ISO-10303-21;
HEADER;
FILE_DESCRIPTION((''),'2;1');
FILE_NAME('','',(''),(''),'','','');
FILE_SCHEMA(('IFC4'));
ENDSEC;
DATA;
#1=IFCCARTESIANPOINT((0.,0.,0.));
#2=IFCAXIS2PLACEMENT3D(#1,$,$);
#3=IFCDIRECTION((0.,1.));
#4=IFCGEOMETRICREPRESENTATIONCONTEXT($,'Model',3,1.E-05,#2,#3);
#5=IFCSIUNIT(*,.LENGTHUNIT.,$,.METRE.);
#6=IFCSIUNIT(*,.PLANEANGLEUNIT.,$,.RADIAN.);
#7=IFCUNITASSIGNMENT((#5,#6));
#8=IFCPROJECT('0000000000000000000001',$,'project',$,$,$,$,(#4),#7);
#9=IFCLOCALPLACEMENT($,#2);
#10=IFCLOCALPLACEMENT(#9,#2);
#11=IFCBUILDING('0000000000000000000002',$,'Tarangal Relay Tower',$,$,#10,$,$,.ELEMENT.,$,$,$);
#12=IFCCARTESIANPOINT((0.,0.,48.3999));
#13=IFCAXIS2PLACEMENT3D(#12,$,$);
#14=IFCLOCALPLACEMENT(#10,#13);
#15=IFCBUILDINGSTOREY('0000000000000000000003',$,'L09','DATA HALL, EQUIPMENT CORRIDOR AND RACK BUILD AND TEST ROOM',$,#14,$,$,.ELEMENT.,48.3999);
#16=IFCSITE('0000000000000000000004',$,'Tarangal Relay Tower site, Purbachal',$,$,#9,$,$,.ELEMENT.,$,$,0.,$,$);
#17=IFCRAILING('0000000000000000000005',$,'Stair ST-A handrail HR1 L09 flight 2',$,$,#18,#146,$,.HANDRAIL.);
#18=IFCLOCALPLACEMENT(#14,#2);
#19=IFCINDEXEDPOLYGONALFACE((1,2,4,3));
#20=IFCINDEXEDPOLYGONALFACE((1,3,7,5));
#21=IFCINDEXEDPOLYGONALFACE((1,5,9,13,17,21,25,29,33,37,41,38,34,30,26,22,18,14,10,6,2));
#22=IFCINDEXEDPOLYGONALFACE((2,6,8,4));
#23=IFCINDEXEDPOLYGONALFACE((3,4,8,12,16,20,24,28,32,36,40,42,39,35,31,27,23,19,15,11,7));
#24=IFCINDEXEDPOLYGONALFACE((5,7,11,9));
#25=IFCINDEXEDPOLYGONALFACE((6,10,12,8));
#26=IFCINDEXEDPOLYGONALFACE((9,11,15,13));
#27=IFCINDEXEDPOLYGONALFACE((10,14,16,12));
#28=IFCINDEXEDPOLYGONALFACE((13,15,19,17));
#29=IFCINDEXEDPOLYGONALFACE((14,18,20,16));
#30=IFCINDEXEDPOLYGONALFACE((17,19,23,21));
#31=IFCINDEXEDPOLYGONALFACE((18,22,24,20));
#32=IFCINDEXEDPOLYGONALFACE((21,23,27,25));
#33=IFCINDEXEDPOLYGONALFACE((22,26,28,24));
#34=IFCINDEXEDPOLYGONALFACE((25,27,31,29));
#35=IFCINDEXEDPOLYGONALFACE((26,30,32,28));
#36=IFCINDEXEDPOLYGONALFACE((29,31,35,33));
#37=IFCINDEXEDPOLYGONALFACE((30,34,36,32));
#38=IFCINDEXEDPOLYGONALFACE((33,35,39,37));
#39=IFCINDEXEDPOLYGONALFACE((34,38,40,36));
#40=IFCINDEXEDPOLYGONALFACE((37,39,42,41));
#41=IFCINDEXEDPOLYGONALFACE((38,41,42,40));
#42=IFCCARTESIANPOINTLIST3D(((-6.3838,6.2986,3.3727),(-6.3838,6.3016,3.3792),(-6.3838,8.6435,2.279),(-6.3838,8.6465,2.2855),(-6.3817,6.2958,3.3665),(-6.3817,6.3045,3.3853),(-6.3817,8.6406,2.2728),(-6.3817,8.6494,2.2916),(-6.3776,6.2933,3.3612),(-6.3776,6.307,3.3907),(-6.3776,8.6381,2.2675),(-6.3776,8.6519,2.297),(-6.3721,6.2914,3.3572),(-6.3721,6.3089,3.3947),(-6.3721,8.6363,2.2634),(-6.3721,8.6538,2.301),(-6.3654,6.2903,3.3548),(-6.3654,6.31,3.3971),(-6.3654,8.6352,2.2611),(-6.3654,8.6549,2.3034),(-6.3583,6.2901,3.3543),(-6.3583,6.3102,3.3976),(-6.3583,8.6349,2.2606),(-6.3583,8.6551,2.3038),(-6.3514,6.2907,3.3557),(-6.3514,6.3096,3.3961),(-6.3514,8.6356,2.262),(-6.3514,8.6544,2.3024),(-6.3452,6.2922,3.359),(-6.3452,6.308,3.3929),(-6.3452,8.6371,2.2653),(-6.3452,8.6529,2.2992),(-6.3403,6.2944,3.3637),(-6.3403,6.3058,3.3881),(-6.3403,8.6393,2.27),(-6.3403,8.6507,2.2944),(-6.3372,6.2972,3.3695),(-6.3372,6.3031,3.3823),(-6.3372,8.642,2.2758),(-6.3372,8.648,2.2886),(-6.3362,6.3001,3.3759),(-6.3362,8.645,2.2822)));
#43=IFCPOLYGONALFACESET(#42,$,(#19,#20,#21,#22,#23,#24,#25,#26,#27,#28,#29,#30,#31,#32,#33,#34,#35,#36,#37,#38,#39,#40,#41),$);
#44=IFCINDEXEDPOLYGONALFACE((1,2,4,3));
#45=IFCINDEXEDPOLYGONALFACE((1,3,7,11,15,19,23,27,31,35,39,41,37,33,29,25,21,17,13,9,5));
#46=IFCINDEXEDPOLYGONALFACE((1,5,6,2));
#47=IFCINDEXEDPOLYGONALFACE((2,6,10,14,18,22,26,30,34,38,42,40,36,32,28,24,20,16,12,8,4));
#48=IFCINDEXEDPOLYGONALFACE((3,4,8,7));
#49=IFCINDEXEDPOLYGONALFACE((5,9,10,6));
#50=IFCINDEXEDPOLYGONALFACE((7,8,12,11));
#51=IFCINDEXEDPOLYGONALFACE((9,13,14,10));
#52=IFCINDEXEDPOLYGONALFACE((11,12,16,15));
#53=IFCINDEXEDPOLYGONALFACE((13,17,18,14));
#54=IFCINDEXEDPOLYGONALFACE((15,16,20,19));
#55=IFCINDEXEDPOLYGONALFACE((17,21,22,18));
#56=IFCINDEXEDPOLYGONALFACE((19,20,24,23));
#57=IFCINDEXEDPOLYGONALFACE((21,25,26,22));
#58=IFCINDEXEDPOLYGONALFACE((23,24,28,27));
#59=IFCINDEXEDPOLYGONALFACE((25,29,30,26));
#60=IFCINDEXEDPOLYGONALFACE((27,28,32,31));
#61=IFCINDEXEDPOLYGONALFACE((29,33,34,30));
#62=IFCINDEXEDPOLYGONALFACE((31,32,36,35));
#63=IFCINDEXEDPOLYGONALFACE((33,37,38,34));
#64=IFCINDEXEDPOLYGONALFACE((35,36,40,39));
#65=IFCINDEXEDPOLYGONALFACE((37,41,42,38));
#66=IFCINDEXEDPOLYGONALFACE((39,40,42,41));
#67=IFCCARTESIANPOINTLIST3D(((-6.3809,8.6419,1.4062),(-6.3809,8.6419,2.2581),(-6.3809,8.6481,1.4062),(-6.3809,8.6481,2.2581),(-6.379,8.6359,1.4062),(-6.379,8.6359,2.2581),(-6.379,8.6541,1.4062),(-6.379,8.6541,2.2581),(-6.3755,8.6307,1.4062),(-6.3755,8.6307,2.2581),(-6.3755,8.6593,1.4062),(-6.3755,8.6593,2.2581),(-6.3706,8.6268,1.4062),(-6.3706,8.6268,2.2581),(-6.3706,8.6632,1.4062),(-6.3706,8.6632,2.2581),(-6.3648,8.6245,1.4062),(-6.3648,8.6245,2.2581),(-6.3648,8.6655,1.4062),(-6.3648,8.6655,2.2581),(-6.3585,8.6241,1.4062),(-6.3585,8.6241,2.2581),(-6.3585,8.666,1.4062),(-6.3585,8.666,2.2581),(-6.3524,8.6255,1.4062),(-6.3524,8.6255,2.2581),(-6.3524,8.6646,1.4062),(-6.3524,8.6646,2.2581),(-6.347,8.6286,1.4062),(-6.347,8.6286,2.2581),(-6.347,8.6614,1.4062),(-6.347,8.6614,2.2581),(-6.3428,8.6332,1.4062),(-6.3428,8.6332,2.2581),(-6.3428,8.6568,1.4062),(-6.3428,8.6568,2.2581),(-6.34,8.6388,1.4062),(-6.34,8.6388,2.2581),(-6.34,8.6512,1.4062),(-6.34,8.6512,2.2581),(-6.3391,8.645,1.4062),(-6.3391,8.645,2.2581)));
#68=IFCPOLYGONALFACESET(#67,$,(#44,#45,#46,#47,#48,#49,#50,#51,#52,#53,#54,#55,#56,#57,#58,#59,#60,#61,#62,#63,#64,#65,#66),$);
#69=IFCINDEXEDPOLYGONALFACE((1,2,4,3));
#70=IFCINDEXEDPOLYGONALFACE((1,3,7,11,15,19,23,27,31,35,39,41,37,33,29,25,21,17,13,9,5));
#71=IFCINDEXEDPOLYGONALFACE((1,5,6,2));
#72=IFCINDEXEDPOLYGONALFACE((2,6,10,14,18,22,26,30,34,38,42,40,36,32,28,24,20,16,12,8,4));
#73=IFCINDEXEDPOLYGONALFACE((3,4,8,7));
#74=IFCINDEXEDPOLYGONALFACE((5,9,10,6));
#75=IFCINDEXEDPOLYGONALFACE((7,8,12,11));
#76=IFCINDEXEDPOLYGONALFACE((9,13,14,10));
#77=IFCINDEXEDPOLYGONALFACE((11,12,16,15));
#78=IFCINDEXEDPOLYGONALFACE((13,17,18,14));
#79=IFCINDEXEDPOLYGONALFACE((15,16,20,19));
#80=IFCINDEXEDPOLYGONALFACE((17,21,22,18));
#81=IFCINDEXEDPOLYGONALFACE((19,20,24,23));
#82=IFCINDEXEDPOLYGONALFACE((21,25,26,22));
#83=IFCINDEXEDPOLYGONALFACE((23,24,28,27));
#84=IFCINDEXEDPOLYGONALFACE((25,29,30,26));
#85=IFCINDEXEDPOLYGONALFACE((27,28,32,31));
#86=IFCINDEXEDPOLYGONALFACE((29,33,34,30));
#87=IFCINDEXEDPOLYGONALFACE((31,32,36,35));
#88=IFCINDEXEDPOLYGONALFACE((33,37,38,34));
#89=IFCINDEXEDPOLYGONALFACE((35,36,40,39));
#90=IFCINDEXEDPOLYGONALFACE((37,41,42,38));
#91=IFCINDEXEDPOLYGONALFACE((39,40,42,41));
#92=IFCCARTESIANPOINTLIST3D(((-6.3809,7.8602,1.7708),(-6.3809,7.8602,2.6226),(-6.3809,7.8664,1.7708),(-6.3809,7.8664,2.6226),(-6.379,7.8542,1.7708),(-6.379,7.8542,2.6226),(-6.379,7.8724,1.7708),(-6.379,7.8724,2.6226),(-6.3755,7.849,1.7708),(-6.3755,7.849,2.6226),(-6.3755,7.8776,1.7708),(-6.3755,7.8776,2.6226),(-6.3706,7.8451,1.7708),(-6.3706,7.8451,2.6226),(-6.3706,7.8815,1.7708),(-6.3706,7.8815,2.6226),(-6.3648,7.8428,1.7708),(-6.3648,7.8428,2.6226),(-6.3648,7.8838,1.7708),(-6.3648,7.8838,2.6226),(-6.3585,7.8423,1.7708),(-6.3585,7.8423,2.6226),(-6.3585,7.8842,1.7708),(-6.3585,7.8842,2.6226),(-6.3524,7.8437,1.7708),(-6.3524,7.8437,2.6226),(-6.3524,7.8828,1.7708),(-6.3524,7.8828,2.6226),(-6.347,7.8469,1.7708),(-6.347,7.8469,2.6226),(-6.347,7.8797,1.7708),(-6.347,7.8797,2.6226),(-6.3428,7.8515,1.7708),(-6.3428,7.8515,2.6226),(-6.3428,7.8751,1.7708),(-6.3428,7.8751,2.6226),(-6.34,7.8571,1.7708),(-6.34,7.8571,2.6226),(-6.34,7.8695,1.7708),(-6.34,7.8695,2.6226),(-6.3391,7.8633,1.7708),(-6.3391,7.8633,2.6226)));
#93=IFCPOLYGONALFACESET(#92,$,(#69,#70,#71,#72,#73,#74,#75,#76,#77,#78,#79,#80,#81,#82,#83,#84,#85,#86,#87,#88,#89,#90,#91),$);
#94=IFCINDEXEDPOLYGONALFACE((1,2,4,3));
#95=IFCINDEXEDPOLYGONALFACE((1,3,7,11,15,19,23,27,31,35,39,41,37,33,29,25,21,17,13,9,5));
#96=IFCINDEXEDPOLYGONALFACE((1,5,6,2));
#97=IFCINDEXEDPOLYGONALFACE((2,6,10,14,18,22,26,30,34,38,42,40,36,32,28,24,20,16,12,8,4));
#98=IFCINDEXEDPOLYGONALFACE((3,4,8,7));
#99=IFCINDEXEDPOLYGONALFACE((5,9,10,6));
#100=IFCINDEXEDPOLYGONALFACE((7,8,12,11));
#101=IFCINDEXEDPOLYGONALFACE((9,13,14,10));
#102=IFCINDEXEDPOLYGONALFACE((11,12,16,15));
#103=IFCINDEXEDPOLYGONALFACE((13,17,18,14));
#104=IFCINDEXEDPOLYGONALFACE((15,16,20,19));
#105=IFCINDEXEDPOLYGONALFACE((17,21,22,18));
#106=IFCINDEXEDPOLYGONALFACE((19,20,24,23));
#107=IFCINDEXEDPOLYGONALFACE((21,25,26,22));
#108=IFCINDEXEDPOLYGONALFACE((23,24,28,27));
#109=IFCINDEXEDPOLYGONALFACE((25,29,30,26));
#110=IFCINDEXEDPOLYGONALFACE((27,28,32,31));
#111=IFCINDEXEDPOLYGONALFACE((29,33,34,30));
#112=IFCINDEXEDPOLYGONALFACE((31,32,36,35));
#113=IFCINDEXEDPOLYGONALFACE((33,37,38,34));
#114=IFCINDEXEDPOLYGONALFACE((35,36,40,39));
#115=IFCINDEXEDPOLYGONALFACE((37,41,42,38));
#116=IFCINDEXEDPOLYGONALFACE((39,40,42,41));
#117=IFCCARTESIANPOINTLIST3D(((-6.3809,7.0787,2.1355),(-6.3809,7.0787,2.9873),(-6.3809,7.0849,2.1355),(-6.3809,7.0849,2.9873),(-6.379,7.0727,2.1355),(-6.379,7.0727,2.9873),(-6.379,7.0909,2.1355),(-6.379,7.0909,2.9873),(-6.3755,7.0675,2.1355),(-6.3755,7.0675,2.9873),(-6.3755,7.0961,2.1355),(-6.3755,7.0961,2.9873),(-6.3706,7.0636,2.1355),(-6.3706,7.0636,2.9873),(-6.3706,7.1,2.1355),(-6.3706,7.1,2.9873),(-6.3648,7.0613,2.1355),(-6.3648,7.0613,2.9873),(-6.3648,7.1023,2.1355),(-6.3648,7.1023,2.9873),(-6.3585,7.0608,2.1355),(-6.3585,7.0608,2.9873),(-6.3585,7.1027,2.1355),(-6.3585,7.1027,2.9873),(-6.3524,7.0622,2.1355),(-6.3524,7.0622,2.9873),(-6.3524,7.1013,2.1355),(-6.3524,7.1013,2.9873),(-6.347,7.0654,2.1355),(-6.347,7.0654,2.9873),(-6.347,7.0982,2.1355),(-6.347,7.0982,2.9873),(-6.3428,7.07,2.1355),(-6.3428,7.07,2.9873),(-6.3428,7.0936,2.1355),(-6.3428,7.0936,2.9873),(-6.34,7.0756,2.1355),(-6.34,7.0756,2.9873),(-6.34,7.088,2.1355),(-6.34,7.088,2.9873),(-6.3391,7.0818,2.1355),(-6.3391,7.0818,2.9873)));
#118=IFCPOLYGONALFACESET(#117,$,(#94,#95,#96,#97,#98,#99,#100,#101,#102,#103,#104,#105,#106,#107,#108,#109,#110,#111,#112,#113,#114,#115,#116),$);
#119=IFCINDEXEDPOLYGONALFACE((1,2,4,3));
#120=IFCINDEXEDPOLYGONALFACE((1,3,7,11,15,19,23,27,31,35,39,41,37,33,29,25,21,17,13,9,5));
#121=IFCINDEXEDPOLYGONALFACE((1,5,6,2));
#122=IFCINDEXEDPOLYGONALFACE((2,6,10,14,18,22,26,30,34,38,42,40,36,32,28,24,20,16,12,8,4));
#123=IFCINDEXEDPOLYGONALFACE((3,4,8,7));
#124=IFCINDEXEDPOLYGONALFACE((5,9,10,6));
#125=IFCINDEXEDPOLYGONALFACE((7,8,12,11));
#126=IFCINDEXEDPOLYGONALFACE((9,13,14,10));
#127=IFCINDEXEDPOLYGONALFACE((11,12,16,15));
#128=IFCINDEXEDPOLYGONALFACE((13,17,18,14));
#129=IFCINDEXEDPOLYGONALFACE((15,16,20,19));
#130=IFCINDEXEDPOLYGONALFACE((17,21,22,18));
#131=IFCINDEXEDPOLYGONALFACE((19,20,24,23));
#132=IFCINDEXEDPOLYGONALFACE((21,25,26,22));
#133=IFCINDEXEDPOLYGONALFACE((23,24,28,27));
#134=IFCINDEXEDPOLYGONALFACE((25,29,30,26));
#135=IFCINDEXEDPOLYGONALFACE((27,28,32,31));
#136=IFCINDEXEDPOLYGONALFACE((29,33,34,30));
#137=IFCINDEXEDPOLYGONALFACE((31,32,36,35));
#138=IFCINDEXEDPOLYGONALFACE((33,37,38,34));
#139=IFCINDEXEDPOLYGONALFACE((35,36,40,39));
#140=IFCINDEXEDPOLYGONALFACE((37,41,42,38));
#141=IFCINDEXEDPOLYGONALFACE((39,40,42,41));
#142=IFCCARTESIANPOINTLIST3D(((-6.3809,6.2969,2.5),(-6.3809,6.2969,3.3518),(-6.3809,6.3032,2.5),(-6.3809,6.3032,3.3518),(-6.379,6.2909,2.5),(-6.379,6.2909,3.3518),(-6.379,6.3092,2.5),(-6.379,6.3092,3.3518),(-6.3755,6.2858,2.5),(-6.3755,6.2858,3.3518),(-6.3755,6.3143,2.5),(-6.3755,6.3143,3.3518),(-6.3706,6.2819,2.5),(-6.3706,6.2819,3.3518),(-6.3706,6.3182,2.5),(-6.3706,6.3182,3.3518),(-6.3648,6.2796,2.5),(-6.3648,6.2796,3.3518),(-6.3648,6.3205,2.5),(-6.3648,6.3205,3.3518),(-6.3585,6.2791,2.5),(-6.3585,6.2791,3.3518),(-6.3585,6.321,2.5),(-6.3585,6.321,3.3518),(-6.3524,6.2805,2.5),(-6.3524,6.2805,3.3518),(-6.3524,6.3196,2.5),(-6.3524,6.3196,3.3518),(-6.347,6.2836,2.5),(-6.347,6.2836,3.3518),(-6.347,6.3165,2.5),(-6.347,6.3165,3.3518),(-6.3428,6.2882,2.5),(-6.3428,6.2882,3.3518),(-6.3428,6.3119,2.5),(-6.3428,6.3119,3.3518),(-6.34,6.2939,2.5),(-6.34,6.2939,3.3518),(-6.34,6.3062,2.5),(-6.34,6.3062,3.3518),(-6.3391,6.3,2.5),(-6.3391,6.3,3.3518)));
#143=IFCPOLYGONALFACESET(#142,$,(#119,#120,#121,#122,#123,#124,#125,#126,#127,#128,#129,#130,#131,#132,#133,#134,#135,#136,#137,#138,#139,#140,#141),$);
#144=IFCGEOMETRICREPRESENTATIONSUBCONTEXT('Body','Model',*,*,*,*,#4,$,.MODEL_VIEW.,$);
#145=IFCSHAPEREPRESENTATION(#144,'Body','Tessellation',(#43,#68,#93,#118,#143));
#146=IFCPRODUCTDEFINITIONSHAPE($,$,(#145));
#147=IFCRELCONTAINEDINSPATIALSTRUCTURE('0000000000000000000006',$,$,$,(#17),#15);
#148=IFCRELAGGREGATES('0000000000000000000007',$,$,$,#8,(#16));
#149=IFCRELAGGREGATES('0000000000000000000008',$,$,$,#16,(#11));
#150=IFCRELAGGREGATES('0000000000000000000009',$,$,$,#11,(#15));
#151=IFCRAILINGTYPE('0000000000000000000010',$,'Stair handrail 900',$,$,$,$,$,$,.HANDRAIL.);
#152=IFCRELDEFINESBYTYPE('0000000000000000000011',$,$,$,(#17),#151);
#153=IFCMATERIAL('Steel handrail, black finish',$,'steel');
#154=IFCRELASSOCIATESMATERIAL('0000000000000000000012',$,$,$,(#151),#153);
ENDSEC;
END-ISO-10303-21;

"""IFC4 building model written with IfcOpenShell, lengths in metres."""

from ifc_helpers import new_model, si_unit, direction, frame, origin, origin_2d, place, context, subcontext, project, spatial, circle, extrude, material, type_object, element, save


model = new_model("IFC4")

# Units and contexts
model_context = context("Model", 3, precision=1e-05, world=origin(), true_north=direction((0.0, 1.0)))
body_context = subcontext(model_context, "Body", "Model", "MODEL_VIEW")
ifc_project = project(units=[si_unit("LENGTHUNIT", "METRE"), si_unit("PLANEANGLEUNIT", "RADIAN")], contexts=[model_context])

# Site, building, storey
site_placement = place(None, origin())
site = spatial("IfcSite", under=ifc_project, at=site_placement, Name="Tarangal Relay Tower site, Purbachal", CompositionType="ELEMENT", RefElevation=0.0)
building_placement = place(site_placement, origin())
building = spatial("IfcBuilding", under=site, at=building_placement, Name="Tarangal Relay Tower", CompositionType="ELEMENT")
storey_placement = place(building_placement, frame((0.0, 0.0, 48.3999)))
storey = spatial("IfcBuildingStorey", under=building, at=storey_placement, Name="L09", Description="DATA HALL, EQUIPMENT CORRIDOR AND RACK BUILD AND TEST ROOM", CompositionType="ELEMENT", Elevation=48.3999)

# Railing
ifc_material_1 = material(Name="Steel handrail, black finish", Category="steel")
railing_type_1 = type_object("IfcRailingType", Name="Stair handrail 900", PredefinedType="HANDRAIL", material=ifc_material_1)
for number, where, name in (
    (1, (-6.3601, 8.645, 1.4062), "Stair ST-A handrail HR1 L09 flight 2"),
):
    element("IfcRailing", number, at=place(storey_placement, frame(where)), inside=storey, type_object=railing_type_1, Name=name, PredefinedType="HANDRAIL", context=body_context, shape_type="SweptSolid", body=[
        extrude(circle(Radius=0.0239, at=origin_2d()), frame((0.0, 0.0, 0.876), z_axis=(0.0, -0.906267, 0.422705), x_axis=(1.0, 0.0, 0.0)), (0.0, 0.0, 1.0), 2.5874),
        extrude(circle(Radius=0.021, at=origin_2d()), origin(), (0.0, 0.0, 1.0), 0.8518),
        extrude(circle(Radius=0.021, at=origin_2d()), frame((0.0, -0.7817, 0.3645)), (0.0, 0.0, 1.0), 0.8518),
        extrude(circle(Radius=0.021, at=origin_2d()), frame((0.0, -1.5632, 0.7292)), (0.0, 0.0, 1.0), 0.8518),
        extrude(circle(Radius=0.021, at=origin_2d()), frame((0.0, -2.345, 1.0938)), (0.0, 0.0, 1.0), 0.8518),
    ])

save(model, "model.ifc")
